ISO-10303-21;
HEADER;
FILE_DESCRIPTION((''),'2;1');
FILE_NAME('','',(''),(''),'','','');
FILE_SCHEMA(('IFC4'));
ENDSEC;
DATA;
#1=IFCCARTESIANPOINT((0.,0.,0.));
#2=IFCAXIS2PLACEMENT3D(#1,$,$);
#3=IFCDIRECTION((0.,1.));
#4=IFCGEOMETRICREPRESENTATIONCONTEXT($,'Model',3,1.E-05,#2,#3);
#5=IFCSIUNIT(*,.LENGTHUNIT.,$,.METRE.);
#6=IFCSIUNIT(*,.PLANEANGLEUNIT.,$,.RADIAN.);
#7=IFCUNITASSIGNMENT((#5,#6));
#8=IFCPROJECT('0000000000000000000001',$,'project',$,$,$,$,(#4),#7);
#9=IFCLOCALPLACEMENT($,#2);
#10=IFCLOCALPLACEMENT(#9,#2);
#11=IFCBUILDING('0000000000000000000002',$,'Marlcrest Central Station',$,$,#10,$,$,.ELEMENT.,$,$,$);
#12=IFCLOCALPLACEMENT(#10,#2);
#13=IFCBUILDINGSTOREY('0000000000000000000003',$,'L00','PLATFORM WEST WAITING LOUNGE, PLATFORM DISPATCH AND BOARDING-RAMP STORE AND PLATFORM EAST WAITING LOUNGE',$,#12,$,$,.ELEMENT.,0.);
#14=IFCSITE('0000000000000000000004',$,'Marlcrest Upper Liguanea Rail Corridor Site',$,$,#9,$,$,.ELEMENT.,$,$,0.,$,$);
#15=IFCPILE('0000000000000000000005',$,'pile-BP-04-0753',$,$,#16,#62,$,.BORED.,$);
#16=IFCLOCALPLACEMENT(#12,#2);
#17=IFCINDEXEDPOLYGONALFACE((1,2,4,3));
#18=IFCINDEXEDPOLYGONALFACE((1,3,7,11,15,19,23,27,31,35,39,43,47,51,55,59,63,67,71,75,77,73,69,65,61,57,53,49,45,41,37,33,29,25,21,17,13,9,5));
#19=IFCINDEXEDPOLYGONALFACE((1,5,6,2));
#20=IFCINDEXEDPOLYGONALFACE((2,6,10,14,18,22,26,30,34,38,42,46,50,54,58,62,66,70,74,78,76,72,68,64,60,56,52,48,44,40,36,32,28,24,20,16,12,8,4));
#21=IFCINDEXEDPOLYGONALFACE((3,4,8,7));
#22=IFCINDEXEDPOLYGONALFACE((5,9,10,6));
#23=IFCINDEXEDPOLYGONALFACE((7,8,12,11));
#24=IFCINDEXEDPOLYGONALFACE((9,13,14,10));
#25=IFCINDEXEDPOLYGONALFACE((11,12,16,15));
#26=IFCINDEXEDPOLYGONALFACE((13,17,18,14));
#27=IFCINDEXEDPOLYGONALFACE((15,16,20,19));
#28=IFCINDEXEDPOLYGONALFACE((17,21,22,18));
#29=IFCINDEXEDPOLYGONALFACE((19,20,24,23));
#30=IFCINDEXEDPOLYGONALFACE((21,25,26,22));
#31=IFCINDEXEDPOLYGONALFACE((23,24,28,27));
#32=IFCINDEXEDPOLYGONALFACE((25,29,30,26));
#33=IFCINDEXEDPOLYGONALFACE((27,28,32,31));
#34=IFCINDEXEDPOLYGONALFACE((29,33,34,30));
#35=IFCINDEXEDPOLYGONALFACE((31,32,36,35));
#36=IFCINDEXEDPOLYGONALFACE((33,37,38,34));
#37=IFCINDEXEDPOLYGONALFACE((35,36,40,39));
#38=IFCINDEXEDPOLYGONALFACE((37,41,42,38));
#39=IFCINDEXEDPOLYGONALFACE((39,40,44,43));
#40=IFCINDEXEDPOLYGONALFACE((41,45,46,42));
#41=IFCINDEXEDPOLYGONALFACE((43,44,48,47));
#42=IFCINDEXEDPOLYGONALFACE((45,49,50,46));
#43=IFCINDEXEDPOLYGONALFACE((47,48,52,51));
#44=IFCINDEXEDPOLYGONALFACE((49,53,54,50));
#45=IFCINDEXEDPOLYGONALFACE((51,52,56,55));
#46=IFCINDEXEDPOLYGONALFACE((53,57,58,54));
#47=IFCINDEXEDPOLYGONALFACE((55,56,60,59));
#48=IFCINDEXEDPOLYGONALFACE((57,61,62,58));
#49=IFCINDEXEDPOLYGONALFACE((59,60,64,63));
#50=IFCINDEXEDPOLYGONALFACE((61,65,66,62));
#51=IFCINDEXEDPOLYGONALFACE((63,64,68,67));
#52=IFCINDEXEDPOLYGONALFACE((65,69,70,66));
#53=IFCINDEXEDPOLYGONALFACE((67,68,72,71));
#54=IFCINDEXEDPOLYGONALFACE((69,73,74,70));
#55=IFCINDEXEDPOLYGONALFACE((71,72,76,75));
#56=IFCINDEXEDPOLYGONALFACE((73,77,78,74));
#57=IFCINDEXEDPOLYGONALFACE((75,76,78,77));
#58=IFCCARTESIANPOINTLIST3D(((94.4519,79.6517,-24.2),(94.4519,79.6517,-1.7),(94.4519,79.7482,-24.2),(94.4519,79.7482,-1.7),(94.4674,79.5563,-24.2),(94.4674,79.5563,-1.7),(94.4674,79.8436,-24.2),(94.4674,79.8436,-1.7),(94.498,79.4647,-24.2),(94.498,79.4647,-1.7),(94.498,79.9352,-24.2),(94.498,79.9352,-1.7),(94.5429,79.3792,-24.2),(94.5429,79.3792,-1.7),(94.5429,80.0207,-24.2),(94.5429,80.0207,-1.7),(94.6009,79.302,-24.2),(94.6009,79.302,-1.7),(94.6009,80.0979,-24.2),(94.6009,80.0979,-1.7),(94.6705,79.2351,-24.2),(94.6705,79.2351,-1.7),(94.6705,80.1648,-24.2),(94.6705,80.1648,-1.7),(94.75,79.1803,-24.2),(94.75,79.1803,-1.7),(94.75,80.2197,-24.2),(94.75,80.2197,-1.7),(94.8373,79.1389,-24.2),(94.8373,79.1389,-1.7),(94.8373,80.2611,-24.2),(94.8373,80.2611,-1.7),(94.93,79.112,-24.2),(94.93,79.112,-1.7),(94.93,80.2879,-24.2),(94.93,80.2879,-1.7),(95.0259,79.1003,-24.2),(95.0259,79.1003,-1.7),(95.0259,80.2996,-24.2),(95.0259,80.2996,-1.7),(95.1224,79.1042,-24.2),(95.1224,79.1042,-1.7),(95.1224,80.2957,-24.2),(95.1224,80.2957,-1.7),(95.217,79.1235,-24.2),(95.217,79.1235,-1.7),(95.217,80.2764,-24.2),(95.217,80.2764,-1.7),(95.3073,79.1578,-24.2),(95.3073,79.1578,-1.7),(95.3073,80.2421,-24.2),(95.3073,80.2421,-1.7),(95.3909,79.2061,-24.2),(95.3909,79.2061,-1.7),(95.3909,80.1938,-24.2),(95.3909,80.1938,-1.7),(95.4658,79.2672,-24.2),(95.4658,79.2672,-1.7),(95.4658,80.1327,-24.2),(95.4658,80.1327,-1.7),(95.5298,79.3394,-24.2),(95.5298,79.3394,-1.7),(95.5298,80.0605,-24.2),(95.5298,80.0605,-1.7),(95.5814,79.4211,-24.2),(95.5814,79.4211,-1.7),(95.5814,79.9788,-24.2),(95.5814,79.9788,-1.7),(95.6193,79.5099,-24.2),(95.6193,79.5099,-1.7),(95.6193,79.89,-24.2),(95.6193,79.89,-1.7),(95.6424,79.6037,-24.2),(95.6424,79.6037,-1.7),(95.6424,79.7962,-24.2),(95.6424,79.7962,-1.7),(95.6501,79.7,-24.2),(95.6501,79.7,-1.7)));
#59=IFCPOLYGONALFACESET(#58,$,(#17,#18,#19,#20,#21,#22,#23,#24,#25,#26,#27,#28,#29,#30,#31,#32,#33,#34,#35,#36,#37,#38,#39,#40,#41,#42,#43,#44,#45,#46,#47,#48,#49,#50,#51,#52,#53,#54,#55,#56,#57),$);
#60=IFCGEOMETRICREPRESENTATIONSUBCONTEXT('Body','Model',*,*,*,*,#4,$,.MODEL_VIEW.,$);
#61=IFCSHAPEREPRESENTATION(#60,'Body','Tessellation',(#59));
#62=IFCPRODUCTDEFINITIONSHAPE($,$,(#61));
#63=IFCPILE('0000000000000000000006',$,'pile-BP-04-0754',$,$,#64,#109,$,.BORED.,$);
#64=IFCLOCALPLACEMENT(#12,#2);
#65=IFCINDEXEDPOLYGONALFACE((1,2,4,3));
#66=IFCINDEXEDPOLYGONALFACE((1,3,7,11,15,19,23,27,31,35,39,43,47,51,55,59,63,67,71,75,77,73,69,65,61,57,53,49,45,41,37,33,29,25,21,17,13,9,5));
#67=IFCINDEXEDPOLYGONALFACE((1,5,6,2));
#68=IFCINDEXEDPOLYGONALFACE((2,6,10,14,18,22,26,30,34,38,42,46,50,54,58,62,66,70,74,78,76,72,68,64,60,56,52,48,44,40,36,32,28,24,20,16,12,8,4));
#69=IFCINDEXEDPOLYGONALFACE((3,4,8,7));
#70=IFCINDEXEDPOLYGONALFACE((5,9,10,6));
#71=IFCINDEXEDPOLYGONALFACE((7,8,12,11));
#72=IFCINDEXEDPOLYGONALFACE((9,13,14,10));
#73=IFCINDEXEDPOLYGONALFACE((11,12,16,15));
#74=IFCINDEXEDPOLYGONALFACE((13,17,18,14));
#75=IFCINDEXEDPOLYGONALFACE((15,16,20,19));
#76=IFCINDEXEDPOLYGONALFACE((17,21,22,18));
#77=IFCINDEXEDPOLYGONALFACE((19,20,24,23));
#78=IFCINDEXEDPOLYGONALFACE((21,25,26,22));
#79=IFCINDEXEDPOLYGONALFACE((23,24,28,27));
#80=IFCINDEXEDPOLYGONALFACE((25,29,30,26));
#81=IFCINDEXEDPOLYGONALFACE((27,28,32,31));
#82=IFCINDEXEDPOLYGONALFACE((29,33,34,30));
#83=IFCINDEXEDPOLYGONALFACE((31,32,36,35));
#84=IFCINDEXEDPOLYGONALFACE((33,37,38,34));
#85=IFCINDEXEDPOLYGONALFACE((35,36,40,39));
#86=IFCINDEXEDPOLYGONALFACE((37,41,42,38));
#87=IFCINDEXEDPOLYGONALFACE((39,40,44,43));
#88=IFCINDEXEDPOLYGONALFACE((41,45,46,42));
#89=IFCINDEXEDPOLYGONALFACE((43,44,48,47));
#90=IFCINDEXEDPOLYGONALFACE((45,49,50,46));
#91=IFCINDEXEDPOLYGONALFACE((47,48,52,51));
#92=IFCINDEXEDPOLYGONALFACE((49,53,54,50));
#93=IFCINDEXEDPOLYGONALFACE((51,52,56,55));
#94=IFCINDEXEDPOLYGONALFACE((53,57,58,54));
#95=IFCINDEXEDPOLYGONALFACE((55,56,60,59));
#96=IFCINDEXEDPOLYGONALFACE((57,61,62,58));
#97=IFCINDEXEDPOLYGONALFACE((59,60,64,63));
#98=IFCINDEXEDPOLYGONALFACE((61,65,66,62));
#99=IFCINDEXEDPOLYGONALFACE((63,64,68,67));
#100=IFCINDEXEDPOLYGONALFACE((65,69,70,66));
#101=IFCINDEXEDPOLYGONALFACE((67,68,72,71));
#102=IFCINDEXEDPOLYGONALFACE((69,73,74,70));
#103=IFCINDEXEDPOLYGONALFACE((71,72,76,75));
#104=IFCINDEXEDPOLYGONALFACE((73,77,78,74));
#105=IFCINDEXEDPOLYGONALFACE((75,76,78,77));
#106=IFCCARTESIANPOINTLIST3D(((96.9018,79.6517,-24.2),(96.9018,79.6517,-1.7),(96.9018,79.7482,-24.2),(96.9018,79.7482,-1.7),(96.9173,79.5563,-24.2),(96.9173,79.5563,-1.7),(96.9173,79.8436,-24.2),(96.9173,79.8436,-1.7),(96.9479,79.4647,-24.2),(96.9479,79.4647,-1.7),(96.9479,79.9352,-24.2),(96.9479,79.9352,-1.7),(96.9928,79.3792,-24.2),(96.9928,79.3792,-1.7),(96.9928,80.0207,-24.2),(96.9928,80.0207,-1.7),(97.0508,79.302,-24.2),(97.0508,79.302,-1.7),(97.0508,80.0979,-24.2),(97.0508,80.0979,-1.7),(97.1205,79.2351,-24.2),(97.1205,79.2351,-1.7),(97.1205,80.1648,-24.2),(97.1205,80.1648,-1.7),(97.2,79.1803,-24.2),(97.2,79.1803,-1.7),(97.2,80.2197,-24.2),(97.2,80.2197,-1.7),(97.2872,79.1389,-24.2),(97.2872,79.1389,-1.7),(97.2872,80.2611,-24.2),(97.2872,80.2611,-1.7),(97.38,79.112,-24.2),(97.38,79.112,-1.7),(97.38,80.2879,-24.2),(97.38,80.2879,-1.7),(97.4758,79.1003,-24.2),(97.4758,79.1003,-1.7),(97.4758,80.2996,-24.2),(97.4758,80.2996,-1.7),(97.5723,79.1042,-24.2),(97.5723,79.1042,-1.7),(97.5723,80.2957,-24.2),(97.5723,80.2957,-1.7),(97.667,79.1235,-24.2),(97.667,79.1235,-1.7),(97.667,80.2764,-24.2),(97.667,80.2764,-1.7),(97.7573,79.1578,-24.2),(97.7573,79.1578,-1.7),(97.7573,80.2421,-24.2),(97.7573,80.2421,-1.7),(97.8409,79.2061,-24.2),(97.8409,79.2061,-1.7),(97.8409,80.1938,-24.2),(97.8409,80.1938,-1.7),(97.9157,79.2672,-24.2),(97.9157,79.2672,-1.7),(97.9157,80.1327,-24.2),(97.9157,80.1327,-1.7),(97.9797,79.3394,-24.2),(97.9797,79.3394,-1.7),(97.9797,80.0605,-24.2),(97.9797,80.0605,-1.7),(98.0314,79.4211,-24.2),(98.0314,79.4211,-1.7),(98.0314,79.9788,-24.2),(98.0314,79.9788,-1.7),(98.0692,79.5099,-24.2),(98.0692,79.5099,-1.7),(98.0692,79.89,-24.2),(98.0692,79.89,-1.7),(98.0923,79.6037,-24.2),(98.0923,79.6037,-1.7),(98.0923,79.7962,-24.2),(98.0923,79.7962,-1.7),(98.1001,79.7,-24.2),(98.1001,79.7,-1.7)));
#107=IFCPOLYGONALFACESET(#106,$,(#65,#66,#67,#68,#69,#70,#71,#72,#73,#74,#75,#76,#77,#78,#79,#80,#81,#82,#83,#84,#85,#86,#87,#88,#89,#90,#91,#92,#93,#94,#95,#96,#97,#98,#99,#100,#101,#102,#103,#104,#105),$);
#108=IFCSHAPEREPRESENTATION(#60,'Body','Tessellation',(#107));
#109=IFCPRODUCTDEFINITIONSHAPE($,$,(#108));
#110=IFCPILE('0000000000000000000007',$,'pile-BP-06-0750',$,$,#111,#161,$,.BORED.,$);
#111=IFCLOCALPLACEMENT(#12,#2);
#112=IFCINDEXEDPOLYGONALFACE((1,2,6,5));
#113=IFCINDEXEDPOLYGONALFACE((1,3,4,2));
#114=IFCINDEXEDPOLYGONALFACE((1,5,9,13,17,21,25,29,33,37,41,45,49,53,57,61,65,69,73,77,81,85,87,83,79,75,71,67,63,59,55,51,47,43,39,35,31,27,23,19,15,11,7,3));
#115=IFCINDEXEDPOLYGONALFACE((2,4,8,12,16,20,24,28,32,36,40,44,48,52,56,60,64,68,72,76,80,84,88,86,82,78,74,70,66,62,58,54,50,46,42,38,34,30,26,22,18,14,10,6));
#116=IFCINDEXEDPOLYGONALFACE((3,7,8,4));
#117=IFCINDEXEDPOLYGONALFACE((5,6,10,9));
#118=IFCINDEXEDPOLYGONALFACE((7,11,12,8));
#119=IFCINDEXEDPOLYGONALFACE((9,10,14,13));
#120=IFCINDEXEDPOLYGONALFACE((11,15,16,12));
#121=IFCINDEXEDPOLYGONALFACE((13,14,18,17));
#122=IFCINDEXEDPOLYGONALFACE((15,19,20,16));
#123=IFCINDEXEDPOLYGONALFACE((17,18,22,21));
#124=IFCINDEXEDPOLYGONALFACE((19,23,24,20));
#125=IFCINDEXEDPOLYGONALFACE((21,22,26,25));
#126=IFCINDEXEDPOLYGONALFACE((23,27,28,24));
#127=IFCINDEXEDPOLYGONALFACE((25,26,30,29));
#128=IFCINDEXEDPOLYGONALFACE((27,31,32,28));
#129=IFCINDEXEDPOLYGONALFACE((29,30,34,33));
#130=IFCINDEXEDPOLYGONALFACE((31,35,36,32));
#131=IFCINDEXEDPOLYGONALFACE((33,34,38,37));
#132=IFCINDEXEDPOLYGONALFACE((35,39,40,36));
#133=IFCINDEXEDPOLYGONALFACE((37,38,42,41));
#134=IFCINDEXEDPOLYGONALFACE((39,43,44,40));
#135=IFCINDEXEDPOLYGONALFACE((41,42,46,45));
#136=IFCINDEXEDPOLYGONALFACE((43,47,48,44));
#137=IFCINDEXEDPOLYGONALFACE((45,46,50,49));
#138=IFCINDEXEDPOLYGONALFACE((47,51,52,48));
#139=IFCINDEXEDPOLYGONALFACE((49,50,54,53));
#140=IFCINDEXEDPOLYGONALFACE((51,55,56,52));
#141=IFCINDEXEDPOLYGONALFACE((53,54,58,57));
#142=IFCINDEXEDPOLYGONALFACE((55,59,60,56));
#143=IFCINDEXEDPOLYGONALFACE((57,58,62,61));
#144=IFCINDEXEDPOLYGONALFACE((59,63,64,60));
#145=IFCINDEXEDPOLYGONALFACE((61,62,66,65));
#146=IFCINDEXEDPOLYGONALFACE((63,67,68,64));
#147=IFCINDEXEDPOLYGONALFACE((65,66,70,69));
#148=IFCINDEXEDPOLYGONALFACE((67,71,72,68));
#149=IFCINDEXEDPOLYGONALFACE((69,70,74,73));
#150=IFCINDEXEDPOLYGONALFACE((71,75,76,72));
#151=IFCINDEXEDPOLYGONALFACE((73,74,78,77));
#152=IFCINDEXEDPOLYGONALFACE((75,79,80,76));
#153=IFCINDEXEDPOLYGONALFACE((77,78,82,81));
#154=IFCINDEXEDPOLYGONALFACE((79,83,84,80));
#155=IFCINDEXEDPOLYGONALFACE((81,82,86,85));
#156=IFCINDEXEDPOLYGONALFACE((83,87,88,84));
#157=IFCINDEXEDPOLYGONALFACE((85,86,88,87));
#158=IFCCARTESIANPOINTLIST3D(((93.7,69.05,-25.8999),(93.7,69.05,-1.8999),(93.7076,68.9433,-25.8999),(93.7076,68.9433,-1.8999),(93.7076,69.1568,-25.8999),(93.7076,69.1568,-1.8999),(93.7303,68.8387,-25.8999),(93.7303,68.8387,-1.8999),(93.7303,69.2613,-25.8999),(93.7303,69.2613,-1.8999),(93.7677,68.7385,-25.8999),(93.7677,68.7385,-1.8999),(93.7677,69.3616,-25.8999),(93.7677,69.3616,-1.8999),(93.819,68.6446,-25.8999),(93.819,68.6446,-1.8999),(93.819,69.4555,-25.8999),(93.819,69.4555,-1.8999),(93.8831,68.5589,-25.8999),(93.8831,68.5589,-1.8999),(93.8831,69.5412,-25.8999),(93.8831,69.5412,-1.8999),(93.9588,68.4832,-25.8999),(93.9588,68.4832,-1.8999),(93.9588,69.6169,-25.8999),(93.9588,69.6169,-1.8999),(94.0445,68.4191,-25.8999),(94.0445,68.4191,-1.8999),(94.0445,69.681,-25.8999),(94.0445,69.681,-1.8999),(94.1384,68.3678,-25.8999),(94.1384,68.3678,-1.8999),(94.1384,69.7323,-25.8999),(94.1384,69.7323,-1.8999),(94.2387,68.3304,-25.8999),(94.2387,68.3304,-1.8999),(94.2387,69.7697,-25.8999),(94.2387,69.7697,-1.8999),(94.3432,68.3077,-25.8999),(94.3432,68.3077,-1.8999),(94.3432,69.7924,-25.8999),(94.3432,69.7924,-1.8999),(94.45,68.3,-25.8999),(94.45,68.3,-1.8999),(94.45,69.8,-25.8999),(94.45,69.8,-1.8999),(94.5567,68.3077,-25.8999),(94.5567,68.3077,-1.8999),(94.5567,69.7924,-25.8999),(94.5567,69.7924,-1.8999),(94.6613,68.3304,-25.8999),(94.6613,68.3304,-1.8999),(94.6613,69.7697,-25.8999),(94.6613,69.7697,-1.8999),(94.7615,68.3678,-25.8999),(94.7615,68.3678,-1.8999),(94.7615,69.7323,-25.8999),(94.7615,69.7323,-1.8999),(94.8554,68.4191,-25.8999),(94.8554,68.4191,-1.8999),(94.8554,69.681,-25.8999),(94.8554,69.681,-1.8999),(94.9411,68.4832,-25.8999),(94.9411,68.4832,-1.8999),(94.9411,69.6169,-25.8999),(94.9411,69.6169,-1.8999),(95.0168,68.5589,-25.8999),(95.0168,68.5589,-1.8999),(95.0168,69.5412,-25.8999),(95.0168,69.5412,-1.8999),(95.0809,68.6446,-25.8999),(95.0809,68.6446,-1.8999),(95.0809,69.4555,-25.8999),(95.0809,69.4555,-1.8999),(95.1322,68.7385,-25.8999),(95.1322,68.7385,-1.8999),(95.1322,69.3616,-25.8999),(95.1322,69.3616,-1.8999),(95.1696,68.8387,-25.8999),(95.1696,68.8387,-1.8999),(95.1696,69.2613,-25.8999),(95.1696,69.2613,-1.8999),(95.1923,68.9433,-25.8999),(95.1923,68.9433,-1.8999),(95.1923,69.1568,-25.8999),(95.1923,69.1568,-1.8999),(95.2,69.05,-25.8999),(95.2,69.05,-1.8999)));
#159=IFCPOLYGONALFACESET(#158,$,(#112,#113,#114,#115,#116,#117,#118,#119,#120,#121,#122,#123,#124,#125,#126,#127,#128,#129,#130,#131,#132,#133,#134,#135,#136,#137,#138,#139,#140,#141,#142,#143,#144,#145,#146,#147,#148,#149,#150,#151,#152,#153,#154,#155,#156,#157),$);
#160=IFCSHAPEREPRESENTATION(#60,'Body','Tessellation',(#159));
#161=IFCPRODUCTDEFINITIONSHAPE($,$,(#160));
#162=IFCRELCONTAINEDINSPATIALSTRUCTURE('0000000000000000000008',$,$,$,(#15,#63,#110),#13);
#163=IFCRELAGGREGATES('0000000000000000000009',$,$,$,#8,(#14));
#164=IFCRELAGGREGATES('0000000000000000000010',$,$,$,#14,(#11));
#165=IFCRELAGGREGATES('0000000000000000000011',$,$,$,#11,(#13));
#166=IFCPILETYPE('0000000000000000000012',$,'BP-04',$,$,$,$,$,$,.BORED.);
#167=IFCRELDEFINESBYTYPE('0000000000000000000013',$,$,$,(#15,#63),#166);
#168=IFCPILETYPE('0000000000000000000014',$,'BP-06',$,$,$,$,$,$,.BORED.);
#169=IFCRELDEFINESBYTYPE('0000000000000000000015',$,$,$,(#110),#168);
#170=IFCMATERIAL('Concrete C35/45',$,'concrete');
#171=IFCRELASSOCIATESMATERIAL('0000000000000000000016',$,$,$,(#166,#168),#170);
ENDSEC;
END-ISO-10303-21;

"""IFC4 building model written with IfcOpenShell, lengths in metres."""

from ifc_helpers import new_model, si_unit, direction, frame, origin, origin_2d, place, context, subcontext, project, spatial, circle, extrude, material, material_profile, profile_set, type_object, element, save


model = new_model("IFC4")

# Units and contexts
model_context = context("Model", 3, precision=1e-05, world=origin(), true_north=direction((0.0, 1.0)))
body_context = subcontext(model_context, "Body", "Model", "MODEL_VIEW")
ifc_project = project(units=[si_unit("LENGTHUNIT", "METRE"), si_unit("PLANEANGLEUNIT", "RADIAN")], contexts=[model_context])

# Site, building, storey
site_placement = place(None, origin())
site = spatial("IfcSite", under=ifc_project, at=site_placement, Name="Marlcrest Upper Liguanea Rail Corridor Site", CompositionType="ELEMENT", RefElevation=0.0)
building_placement = place(site_placement, origin())
building = spatial("IfcBuilding", under=site, at=building_placement, Name="Marlcrest Central Station", CompositionType="ELEMENT")
storey_placement = place(building_placement, origin())
storey = spatial("IfcBuildingStorey", under=building, at=storey_placement, Name="L00", Description="PLATFORM WEST WAITING LOUNGE, PLATFORM DISPATCH AND BOARDING-RAMP STORE AND PLATFORM EAST WAITING LOUNGE", CompositionType="ELEMENT", Elevation=0.0)

# Piles
ifc_material_1 = material(Name="Concrete C35/45", Category="concrete")
ifc_material_profile_1 = material_profile(ifc_material_1, circle(Radius=0.6001, at=origin_2d()), Name="PILE D1200")
ifc_profile_set_1 = profile_set([ifc_material_profile_1], Name="Concrete C35/45")
pile_type_1 = type_object("IfcPileType", Name="BP-04", PredefinedType="BORED", material=ifc_profile_set_1)
for number, where, z_axis, x_axis, name in (
    (1, (95.05, 79.7, -1.7), (0.0, 0.0, -1.0), (1.0, 0.0, 0.0), "pile-BP-04-0753"),
    (2, (97.5, 79.7, -1.7), (0.0, 0.0, -1.0), (1.0, 0.0, 0.0), "pile-BP-04-0754"),
):
    element("IfcPile", number, at=place(storey_placement, frame(where, z_axis=z_axis, x_axis=x_axis)), inside=storey, type_object=pile_type_1, Name=name, PredefinedType="BORED", context=body_context, shape_type="SweptSolid", body=[
        extrude(circle(Radius=0.6001, at=origin_2d()), origin(), (0.0, 0.0, 1.0), 22.5),
    ])
ifc_material_profile_2 = material_profile(ifc_material_1, circle(Radius=0.75, at=origin_2d()), Name="PILE D1500")
ifc_profile_set_2 = profile_set([ifc_material_profile_2], Name="Concrete C35/45")
pile_type_2 = type_object("IfcPileType", Name="BP-06", PredefinedType="BORED", material=ifc_profile_set_2)
for number, where, z_axis, x_axis, name in (
    (3, (94.45, 69.05, -1.8999), (0.0, 0.0, -1.0), (1.0, 0.0, 0.0), "pile-BP-06-0750"),
):
    element("IfcPile", number, at=place(storey_placement, frame(where, z_axis=z_axis, x_axis=x_axis)), inside=storey, type_object=pile_type_2, Name=name, PredefinedType="BORED", context=body_context, shape_type="SweptSolid", body=[
        extrude(circle(Radius=0.75, at=origin_2d()), origin(), (0.0, 0.0, 1.0), 24.0),
    ])

save(model, "model.ifc")
